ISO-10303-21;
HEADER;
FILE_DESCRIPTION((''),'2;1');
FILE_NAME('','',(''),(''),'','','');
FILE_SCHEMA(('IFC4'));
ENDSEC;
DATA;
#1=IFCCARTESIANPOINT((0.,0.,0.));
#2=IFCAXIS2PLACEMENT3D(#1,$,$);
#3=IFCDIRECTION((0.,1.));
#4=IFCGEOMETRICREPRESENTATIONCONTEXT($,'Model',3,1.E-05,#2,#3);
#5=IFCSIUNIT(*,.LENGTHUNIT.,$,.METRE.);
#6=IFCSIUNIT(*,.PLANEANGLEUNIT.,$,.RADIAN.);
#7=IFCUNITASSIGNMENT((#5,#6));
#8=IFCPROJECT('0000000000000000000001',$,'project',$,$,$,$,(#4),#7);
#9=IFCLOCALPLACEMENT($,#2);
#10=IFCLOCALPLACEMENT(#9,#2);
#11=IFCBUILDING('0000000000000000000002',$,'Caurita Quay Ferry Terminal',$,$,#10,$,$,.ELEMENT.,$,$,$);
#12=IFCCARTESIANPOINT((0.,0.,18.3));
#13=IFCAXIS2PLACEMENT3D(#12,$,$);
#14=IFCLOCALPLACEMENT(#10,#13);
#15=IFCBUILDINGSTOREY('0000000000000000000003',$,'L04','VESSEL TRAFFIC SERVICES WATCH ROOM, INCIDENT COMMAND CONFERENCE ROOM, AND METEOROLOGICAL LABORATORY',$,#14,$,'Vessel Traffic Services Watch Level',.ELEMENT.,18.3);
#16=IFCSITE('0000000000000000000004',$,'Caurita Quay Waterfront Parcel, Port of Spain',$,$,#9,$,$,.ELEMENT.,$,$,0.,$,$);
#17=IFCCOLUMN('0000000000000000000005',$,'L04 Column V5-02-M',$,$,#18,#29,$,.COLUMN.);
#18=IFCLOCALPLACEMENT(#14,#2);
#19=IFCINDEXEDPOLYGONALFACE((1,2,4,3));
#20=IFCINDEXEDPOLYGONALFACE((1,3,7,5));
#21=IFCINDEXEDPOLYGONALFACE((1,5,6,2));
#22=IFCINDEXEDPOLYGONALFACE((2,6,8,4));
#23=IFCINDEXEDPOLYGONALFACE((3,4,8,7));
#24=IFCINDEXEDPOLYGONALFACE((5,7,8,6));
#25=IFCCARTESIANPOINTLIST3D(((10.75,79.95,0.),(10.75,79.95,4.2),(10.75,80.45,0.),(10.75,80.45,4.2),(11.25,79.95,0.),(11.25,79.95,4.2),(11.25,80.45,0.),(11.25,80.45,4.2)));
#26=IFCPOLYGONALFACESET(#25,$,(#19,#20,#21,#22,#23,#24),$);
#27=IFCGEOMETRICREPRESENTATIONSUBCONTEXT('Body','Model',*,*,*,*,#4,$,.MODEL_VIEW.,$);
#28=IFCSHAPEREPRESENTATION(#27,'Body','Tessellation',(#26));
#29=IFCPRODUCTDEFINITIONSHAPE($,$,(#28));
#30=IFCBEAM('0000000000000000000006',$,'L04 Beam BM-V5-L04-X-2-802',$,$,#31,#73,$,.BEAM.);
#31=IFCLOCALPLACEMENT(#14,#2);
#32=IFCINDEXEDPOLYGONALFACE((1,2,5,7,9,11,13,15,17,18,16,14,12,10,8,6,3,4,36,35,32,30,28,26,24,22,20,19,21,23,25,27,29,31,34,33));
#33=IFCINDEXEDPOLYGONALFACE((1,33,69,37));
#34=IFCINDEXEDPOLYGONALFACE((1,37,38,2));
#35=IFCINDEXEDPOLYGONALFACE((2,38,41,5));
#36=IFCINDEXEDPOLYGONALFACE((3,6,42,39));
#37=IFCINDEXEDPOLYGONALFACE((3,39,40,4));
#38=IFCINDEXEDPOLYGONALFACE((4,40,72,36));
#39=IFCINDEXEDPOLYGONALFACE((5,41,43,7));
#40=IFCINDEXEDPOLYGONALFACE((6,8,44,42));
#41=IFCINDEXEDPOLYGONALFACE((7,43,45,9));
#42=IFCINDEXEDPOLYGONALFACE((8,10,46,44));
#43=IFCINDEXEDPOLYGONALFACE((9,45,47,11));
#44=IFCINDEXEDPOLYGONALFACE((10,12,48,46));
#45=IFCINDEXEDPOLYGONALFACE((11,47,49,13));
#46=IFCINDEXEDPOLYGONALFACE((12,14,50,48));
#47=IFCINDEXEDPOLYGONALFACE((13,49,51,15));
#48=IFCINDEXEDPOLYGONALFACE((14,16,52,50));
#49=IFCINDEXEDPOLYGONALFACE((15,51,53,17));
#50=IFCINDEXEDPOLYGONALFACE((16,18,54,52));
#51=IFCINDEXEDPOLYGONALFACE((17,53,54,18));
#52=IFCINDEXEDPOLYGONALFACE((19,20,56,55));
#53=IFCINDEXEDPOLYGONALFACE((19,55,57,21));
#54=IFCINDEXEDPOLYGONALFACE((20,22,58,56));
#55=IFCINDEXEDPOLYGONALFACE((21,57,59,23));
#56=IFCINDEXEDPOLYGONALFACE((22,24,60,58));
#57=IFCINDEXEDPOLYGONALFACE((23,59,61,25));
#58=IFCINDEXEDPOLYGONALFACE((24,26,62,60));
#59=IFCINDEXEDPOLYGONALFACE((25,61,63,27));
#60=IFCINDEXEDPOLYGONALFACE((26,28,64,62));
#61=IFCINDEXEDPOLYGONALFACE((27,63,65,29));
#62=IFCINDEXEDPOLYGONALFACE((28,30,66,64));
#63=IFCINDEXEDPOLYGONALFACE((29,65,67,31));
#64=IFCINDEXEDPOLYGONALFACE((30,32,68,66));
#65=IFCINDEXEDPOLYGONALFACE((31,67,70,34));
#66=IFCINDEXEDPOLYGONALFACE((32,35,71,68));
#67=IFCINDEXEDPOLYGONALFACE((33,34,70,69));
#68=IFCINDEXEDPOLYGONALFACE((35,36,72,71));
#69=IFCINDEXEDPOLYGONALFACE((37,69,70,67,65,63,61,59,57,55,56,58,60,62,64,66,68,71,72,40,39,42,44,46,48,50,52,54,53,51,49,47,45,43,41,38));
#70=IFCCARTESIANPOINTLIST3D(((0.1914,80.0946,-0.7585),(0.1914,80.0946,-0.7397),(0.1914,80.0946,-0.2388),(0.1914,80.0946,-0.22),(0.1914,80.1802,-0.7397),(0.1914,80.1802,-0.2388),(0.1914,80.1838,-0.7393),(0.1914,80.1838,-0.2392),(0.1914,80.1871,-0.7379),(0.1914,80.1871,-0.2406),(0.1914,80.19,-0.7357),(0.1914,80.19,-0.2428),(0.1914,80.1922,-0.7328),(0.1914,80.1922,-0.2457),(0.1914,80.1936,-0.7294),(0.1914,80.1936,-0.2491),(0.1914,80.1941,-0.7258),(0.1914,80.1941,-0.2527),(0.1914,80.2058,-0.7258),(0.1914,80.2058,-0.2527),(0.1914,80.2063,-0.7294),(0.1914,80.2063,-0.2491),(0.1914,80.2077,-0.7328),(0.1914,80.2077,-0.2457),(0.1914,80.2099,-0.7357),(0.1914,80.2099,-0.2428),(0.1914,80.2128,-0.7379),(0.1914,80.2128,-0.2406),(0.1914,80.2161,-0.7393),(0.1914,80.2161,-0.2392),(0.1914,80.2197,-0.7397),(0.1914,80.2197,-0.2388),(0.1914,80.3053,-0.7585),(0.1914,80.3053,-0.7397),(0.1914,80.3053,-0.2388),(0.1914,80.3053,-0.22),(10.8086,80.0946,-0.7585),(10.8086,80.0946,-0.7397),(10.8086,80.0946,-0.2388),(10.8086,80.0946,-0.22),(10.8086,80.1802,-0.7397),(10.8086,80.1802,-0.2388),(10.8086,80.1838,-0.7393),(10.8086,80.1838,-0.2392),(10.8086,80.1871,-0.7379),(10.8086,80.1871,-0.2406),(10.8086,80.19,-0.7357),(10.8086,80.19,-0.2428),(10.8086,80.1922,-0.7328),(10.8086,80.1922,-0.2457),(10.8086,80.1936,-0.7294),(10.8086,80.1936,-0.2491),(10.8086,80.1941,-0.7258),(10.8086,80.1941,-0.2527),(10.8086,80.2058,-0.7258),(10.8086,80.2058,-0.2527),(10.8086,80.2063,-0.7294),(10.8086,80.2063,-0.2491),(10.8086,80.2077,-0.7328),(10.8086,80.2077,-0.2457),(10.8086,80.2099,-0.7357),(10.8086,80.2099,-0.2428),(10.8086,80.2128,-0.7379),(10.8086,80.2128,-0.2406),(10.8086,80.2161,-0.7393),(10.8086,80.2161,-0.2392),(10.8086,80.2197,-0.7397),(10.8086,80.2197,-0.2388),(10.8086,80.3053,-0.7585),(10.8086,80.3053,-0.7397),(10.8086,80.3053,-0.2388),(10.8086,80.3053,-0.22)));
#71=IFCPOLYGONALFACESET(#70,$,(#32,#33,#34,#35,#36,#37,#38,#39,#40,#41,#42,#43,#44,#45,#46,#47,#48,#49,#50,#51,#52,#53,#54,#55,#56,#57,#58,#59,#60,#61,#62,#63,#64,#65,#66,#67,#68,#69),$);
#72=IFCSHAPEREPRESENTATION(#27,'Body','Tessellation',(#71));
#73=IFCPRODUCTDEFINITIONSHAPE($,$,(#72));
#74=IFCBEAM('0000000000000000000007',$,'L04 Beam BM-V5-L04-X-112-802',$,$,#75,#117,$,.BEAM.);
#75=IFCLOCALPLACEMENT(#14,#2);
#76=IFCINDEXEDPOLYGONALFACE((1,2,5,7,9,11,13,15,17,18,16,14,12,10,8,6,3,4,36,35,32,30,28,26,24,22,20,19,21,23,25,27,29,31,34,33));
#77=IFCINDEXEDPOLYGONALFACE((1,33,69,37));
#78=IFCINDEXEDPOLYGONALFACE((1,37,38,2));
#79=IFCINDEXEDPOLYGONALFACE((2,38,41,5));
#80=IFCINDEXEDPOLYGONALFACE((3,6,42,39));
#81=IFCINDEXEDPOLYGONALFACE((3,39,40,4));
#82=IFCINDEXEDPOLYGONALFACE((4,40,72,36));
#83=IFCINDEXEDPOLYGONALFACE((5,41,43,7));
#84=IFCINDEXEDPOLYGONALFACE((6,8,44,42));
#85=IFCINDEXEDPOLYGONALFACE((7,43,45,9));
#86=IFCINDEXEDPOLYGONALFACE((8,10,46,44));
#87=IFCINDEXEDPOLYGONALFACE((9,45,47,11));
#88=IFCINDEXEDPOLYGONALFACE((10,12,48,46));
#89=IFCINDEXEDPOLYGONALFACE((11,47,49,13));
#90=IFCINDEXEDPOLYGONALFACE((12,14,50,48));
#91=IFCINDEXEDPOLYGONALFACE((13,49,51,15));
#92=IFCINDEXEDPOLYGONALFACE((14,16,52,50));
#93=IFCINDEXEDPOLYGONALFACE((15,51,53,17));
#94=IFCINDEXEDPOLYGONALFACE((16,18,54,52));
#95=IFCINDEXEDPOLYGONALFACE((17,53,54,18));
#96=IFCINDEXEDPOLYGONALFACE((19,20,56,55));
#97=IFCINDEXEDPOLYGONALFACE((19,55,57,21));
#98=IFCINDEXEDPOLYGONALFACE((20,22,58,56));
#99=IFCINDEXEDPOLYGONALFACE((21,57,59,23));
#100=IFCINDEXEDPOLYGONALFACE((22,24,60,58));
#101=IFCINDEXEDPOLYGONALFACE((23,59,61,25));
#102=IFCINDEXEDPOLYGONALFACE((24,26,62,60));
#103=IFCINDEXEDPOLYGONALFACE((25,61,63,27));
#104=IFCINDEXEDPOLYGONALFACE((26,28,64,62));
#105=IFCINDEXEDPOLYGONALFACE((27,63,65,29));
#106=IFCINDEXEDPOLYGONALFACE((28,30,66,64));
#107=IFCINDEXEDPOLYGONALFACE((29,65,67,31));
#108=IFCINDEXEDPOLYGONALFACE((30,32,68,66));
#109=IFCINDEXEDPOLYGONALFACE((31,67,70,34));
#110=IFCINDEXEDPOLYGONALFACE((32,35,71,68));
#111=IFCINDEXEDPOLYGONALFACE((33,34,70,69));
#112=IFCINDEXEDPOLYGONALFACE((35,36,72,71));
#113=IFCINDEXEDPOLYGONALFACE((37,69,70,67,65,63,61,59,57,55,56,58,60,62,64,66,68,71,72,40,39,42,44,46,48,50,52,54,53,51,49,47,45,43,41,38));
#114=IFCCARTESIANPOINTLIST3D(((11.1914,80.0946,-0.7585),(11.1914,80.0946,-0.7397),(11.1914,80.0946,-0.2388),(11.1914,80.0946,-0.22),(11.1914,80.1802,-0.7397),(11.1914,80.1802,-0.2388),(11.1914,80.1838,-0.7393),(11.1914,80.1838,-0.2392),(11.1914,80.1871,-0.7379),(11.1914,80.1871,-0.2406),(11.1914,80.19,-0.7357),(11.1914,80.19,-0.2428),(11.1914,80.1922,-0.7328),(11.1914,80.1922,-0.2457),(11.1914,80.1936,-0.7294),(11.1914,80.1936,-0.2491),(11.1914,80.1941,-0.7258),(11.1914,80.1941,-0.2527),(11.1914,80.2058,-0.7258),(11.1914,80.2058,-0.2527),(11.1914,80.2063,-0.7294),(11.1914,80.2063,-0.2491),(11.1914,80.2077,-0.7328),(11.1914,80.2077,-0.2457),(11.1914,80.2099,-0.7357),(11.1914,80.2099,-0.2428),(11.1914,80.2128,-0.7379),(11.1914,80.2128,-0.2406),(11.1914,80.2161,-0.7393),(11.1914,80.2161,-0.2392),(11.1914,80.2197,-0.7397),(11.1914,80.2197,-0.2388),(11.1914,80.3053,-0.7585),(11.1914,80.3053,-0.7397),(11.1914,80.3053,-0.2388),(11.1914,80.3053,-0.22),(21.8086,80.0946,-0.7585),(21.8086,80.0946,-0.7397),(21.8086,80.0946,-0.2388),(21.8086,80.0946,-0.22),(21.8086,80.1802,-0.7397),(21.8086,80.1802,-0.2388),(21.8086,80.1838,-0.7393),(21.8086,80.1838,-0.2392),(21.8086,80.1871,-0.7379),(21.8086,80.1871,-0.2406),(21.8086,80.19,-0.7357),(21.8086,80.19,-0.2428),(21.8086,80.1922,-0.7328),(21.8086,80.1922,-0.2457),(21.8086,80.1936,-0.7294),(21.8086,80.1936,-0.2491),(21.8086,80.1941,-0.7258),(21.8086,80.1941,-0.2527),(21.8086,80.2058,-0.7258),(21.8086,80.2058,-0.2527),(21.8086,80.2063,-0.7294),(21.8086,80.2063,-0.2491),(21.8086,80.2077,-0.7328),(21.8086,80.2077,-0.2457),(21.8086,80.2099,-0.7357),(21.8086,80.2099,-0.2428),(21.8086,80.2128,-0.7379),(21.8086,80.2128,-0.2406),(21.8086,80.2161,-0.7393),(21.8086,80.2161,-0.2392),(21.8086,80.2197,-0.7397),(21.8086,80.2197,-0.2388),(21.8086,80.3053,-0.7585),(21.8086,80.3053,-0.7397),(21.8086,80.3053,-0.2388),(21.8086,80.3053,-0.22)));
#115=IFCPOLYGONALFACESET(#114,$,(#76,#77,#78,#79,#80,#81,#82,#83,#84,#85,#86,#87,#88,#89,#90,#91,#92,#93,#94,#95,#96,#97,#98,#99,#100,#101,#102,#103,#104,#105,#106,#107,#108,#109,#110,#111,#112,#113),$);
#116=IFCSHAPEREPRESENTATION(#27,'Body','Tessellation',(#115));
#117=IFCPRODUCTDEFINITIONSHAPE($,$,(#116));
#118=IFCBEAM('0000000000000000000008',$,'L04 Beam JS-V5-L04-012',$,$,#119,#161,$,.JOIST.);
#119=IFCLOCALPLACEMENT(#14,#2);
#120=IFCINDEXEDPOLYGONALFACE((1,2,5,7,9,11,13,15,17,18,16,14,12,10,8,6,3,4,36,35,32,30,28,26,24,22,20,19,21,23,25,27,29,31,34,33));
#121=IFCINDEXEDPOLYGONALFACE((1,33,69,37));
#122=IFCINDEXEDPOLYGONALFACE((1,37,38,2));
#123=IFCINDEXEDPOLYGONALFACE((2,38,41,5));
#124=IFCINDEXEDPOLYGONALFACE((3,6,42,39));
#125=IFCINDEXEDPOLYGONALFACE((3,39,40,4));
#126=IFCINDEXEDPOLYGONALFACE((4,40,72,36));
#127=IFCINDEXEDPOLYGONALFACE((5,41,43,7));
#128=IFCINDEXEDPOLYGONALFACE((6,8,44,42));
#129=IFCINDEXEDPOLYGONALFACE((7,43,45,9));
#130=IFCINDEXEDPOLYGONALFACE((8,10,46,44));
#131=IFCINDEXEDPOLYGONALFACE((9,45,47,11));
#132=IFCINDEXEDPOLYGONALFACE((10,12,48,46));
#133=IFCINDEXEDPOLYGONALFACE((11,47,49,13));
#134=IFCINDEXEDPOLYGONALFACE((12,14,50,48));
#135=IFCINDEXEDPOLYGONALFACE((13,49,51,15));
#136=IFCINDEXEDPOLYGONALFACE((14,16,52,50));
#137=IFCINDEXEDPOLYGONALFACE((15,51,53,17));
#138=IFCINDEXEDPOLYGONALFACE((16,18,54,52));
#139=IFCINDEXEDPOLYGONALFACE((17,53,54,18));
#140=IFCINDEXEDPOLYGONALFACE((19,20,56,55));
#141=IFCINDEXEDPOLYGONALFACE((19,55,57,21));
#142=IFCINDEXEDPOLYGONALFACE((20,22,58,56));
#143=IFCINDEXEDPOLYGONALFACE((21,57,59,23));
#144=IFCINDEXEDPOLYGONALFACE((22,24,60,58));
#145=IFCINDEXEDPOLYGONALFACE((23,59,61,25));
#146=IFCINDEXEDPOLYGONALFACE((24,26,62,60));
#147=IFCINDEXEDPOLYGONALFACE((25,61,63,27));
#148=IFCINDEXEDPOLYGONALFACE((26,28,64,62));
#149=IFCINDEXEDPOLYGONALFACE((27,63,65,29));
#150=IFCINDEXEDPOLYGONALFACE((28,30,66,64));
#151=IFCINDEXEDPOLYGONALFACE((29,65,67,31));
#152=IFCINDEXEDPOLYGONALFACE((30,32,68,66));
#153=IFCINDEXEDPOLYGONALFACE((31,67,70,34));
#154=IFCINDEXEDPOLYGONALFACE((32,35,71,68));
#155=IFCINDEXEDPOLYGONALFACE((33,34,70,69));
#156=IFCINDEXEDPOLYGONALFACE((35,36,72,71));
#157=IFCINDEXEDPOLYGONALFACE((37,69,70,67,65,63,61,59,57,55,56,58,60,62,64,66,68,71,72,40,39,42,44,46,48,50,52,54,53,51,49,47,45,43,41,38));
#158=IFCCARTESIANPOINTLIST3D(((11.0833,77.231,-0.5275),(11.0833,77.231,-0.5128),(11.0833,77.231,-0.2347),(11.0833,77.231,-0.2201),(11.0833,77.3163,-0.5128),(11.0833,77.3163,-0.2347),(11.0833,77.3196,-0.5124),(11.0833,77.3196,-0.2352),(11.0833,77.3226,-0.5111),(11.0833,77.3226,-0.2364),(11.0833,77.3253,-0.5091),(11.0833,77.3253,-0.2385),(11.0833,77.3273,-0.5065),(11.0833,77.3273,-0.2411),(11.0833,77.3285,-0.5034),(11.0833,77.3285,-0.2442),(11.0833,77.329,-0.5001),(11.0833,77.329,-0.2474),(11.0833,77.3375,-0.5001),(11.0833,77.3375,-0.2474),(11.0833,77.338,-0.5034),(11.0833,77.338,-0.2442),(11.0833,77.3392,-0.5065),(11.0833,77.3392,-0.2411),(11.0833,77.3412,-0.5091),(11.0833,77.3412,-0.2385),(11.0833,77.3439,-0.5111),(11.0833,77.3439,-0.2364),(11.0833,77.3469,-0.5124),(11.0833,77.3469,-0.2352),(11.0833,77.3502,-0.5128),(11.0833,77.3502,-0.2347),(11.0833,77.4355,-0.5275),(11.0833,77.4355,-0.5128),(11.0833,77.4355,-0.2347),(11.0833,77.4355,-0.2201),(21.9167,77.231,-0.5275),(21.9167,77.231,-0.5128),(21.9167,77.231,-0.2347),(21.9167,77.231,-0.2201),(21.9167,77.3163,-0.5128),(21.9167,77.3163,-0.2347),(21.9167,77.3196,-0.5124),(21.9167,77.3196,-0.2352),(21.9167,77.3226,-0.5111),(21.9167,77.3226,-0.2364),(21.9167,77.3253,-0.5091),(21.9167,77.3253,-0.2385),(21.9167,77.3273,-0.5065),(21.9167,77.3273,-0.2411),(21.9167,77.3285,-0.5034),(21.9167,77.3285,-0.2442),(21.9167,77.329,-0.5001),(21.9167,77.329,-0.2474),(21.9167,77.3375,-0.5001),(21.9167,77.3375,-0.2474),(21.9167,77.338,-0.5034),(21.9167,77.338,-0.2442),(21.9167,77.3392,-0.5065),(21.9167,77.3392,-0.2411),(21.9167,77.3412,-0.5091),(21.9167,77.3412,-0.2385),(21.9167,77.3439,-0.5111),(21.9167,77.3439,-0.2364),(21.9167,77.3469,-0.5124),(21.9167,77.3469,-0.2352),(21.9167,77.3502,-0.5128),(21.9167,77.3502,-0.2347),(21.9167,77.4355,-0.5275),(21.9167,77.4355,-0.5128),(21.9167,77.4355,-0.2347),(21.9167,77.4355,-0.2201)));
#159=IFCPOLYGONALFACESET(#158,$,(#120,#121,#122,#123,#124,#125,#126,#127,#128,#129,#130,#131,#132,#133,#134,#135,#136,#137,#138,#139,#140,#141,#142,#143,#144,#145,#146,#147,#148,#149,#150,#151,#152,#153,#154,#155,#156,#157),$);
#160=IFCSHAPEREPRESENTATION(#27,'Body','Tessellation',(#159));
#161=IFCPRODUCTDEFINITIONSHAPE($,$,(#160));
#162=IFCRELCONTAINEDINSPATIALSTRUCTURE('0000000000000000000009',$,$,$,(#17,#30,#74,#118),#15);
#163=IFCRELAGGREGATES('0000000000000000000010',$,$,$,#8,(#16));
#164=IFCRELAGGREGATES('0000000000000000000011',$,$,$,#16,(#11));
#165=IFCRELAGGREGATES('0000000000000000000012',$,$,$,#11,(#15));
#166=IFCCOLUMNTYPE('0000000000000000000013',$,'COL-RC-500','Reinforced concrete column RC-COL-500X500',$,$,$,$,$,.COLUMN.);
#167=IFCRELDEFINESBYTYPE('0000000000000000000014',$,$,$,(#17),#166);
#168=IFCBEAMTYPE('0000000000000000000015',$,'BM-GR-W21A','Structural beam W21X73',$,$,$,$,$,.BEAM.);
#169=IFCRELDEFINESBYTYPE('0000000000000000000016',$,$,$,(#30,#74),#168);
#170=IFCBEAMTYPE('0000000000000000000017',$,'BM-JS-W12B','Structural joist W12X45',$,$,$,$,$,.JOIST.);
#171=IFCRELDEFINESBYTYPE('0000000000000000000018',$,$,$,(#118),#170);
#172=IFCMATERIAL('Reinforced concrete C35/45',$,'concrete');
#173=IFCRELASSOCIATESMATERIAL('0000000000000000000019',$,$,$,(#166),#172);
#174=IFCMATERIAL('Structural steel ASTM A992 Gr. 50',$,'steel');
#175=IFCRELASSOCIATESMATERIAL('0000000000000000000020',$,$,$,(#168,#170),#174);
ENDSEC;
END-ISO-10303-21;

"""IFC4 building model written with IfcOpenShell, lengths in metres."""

from ifc_helpers import new_model, si_unit, direction, frame, origin, origin_2d, place, context, subcontext, project, spatial, rectangle, i_section, extrude, material, material_profile, profile_set, type_object, element, save


model = new_model("IFC4")

# Units and contexts
model_context = context("Model", 3, precision=1e-05, world=origin(), true_north=direction((0.0, 1.0)))
body_context = subcontext(model_context, "Body", "Model", "MODEL_VIEW")
ifc_project = project(units=[si_unit("LENGTHUNIT", "METRE"), si_unit("PLANEANGLEUNIT", "RADIAN")], contexts=[model_context])

# Site, building, storey
site_placement = place(None, origin())
site = spatial("IfcSite", under=ifc_project, at=site_placement, Name="Caurita Quay Waterfront Parcel, Port of Spain", CompositionType="ELEMENT", RefElevation=0.0)
building_placement = place(site_placement, origin())
building = spatial("IfcBuilding", under=site, at=building_placement, Name="Caurita Quay Ferry Terminal", CompositionType="ELEMENT")
storey_placement = place(building_placement, frame((0.0, 0.0, 18.3)))
storey = spatial("IfcBuildingStorey", under=building, at=storey_placement, Name="L04", Description="VESSEL TRAFFIC SERVICES WATCH ROOM, INCIDENT COMMAND CONFERENCE ROOM, AND METEOROLOGICAL LABORATORY", LongName="Vessel Traffic Services Watch Level", CompositionType="ELEMENT", Elevation=18.3)

# Column
ifc_material_1 = material(Name="Reinforced concrete C35/45", Category="concrete")
ifc_material_profile_1 = material_profile(ifc_material_1, rectangle(XDim=0.5, YDim=0.5, at=origin_2d()), Name="RC-COL-500X500")
ifc_profile_set_1 = profile_set([ifc_material_profile_1], Name="Reinforced concrete C35/45")
column_type = type_object("IfcColumnType", Name="COL-RC-500", Description="Reinforced concrete column RC-COL-500X500", PredefinedType="COLUMN", material=ifc_profile_set_1)
column_placement = place(storey_placement, frame((11.0, 80.2, 0.0), z_axis=(0.0, 0.0, 1.0), x_axis=(1.0, 0.0, 0.0)))
element("IfcColumn", 1, at=column_placement, inside=storey, type_object=column_type, Name="L04 Column V5-02-M", PredefinedType="COLUMN", context=body_context, shape_type="SweptSolid", body=[
    extrude(rectangle(XDim=0.5, YDim=0.5, at=origin_2d()), origin(), (0.0, 0.0, 1.0), 4.2),
])

# Beams
ifc_material_2 = material(Name="Structural steel ASTM A992 Gr. 50", Category="steel")
ifc_material_profile_2 = material_profile(ifc_material_2, i_section(OverallWidth=0.2107, OverallDepth=0.5386, WebThickness=0.0117, FlangeThickness=0.0188, FilletRadius=0.0139, at=origin_2d()), Name="W21X73")
ifc_profile_set_2 = profile_set([ifc_material_profile_2], Name="Structural steel ASTM A992 Gr. 50")
beam_type_1 = type_object("IfcBeamType", Name="BM-GR-W21A", Description="Structural beam W21X73", PredefinedType="BEAM", material=ifc_profile_set_2)
for number, where, z_axis, x_axis, name in (
    (2, (0.1914, 80.2, -0.4893), (1.0, 0.0, 0.0), (0.0, 1.0, 0.0), "L04 Beam BM-V5-L04-X-2-802"),
    (3, (11.1914, 80.2, -0.4893), (1.0, 0.0, 0.0), (0.0, 1.0, 0.0), "L04 Beam BM-V5-L04-X-112-802"),
):
    element("IfcBeam", number, at=place(storey_placement, frame(where, z_axis=z_axis, x_axis=x_axis)), inside=storey, type_object=beam_type_1, Name=name, PredefinedType="BEAM", context=body_context, shape_type="SweptSolid", body=[
        extrude(i_section(OverallWidth=0.2107, OverallDepth=0.5386, WebThickness=0.0117, FlangeThickness=0.0188, FilletRadius=0.0139, at=origin_2d()), origin(), (0.0, 0.0, 1.0), 10.6172),
    ])
ifc_material_profile_3 = material_profile(ifc_material_2, i_section(OverallWidth=0.2046, OverallDepth=0.3074, WebThickness=0.0085, FlangeThickness=0.0146, FilletRadius=0.0127, at=origin_2d()), Name="W12X45")
ifc_profile_set_3 = profile_set([ifc_material_profile_3], Name="Structural steel ASTM A992 Gr. 50")
beam_type_2 = type_object("IfcBeamType", Name="BM-JS-W12B", Description="Structural joist W12X45", PredefinedType="JOIST", material=ifc_profile_set_3)
beam_1_placement = place(storey_placement, frame((11.0833, 77.3333, -0.3738), z_axis=(1.0, 0.0, 0.0), x_axis=(0.0, 1.0, 0.0)))
element("IfcBeam", 4, at=beam_1_placement, inside=storey, type_object=beam_type_2, Name="L04 Beam JS-V5-L04-012", PredefinedType="JOIST", context=body_context, shape_type="SweptSolid", body=[
    extrude(i_section(OverallWidth=0.2046, OverallDepth=0.3074, WebThickness=0.0085, FlangeThickness=0.0146, FilletRadius=0.0127, at=origin_2d()), origin(), (0.0, 0.0, 1.0), 10.8335),
])

save(model, "model.ifc")
